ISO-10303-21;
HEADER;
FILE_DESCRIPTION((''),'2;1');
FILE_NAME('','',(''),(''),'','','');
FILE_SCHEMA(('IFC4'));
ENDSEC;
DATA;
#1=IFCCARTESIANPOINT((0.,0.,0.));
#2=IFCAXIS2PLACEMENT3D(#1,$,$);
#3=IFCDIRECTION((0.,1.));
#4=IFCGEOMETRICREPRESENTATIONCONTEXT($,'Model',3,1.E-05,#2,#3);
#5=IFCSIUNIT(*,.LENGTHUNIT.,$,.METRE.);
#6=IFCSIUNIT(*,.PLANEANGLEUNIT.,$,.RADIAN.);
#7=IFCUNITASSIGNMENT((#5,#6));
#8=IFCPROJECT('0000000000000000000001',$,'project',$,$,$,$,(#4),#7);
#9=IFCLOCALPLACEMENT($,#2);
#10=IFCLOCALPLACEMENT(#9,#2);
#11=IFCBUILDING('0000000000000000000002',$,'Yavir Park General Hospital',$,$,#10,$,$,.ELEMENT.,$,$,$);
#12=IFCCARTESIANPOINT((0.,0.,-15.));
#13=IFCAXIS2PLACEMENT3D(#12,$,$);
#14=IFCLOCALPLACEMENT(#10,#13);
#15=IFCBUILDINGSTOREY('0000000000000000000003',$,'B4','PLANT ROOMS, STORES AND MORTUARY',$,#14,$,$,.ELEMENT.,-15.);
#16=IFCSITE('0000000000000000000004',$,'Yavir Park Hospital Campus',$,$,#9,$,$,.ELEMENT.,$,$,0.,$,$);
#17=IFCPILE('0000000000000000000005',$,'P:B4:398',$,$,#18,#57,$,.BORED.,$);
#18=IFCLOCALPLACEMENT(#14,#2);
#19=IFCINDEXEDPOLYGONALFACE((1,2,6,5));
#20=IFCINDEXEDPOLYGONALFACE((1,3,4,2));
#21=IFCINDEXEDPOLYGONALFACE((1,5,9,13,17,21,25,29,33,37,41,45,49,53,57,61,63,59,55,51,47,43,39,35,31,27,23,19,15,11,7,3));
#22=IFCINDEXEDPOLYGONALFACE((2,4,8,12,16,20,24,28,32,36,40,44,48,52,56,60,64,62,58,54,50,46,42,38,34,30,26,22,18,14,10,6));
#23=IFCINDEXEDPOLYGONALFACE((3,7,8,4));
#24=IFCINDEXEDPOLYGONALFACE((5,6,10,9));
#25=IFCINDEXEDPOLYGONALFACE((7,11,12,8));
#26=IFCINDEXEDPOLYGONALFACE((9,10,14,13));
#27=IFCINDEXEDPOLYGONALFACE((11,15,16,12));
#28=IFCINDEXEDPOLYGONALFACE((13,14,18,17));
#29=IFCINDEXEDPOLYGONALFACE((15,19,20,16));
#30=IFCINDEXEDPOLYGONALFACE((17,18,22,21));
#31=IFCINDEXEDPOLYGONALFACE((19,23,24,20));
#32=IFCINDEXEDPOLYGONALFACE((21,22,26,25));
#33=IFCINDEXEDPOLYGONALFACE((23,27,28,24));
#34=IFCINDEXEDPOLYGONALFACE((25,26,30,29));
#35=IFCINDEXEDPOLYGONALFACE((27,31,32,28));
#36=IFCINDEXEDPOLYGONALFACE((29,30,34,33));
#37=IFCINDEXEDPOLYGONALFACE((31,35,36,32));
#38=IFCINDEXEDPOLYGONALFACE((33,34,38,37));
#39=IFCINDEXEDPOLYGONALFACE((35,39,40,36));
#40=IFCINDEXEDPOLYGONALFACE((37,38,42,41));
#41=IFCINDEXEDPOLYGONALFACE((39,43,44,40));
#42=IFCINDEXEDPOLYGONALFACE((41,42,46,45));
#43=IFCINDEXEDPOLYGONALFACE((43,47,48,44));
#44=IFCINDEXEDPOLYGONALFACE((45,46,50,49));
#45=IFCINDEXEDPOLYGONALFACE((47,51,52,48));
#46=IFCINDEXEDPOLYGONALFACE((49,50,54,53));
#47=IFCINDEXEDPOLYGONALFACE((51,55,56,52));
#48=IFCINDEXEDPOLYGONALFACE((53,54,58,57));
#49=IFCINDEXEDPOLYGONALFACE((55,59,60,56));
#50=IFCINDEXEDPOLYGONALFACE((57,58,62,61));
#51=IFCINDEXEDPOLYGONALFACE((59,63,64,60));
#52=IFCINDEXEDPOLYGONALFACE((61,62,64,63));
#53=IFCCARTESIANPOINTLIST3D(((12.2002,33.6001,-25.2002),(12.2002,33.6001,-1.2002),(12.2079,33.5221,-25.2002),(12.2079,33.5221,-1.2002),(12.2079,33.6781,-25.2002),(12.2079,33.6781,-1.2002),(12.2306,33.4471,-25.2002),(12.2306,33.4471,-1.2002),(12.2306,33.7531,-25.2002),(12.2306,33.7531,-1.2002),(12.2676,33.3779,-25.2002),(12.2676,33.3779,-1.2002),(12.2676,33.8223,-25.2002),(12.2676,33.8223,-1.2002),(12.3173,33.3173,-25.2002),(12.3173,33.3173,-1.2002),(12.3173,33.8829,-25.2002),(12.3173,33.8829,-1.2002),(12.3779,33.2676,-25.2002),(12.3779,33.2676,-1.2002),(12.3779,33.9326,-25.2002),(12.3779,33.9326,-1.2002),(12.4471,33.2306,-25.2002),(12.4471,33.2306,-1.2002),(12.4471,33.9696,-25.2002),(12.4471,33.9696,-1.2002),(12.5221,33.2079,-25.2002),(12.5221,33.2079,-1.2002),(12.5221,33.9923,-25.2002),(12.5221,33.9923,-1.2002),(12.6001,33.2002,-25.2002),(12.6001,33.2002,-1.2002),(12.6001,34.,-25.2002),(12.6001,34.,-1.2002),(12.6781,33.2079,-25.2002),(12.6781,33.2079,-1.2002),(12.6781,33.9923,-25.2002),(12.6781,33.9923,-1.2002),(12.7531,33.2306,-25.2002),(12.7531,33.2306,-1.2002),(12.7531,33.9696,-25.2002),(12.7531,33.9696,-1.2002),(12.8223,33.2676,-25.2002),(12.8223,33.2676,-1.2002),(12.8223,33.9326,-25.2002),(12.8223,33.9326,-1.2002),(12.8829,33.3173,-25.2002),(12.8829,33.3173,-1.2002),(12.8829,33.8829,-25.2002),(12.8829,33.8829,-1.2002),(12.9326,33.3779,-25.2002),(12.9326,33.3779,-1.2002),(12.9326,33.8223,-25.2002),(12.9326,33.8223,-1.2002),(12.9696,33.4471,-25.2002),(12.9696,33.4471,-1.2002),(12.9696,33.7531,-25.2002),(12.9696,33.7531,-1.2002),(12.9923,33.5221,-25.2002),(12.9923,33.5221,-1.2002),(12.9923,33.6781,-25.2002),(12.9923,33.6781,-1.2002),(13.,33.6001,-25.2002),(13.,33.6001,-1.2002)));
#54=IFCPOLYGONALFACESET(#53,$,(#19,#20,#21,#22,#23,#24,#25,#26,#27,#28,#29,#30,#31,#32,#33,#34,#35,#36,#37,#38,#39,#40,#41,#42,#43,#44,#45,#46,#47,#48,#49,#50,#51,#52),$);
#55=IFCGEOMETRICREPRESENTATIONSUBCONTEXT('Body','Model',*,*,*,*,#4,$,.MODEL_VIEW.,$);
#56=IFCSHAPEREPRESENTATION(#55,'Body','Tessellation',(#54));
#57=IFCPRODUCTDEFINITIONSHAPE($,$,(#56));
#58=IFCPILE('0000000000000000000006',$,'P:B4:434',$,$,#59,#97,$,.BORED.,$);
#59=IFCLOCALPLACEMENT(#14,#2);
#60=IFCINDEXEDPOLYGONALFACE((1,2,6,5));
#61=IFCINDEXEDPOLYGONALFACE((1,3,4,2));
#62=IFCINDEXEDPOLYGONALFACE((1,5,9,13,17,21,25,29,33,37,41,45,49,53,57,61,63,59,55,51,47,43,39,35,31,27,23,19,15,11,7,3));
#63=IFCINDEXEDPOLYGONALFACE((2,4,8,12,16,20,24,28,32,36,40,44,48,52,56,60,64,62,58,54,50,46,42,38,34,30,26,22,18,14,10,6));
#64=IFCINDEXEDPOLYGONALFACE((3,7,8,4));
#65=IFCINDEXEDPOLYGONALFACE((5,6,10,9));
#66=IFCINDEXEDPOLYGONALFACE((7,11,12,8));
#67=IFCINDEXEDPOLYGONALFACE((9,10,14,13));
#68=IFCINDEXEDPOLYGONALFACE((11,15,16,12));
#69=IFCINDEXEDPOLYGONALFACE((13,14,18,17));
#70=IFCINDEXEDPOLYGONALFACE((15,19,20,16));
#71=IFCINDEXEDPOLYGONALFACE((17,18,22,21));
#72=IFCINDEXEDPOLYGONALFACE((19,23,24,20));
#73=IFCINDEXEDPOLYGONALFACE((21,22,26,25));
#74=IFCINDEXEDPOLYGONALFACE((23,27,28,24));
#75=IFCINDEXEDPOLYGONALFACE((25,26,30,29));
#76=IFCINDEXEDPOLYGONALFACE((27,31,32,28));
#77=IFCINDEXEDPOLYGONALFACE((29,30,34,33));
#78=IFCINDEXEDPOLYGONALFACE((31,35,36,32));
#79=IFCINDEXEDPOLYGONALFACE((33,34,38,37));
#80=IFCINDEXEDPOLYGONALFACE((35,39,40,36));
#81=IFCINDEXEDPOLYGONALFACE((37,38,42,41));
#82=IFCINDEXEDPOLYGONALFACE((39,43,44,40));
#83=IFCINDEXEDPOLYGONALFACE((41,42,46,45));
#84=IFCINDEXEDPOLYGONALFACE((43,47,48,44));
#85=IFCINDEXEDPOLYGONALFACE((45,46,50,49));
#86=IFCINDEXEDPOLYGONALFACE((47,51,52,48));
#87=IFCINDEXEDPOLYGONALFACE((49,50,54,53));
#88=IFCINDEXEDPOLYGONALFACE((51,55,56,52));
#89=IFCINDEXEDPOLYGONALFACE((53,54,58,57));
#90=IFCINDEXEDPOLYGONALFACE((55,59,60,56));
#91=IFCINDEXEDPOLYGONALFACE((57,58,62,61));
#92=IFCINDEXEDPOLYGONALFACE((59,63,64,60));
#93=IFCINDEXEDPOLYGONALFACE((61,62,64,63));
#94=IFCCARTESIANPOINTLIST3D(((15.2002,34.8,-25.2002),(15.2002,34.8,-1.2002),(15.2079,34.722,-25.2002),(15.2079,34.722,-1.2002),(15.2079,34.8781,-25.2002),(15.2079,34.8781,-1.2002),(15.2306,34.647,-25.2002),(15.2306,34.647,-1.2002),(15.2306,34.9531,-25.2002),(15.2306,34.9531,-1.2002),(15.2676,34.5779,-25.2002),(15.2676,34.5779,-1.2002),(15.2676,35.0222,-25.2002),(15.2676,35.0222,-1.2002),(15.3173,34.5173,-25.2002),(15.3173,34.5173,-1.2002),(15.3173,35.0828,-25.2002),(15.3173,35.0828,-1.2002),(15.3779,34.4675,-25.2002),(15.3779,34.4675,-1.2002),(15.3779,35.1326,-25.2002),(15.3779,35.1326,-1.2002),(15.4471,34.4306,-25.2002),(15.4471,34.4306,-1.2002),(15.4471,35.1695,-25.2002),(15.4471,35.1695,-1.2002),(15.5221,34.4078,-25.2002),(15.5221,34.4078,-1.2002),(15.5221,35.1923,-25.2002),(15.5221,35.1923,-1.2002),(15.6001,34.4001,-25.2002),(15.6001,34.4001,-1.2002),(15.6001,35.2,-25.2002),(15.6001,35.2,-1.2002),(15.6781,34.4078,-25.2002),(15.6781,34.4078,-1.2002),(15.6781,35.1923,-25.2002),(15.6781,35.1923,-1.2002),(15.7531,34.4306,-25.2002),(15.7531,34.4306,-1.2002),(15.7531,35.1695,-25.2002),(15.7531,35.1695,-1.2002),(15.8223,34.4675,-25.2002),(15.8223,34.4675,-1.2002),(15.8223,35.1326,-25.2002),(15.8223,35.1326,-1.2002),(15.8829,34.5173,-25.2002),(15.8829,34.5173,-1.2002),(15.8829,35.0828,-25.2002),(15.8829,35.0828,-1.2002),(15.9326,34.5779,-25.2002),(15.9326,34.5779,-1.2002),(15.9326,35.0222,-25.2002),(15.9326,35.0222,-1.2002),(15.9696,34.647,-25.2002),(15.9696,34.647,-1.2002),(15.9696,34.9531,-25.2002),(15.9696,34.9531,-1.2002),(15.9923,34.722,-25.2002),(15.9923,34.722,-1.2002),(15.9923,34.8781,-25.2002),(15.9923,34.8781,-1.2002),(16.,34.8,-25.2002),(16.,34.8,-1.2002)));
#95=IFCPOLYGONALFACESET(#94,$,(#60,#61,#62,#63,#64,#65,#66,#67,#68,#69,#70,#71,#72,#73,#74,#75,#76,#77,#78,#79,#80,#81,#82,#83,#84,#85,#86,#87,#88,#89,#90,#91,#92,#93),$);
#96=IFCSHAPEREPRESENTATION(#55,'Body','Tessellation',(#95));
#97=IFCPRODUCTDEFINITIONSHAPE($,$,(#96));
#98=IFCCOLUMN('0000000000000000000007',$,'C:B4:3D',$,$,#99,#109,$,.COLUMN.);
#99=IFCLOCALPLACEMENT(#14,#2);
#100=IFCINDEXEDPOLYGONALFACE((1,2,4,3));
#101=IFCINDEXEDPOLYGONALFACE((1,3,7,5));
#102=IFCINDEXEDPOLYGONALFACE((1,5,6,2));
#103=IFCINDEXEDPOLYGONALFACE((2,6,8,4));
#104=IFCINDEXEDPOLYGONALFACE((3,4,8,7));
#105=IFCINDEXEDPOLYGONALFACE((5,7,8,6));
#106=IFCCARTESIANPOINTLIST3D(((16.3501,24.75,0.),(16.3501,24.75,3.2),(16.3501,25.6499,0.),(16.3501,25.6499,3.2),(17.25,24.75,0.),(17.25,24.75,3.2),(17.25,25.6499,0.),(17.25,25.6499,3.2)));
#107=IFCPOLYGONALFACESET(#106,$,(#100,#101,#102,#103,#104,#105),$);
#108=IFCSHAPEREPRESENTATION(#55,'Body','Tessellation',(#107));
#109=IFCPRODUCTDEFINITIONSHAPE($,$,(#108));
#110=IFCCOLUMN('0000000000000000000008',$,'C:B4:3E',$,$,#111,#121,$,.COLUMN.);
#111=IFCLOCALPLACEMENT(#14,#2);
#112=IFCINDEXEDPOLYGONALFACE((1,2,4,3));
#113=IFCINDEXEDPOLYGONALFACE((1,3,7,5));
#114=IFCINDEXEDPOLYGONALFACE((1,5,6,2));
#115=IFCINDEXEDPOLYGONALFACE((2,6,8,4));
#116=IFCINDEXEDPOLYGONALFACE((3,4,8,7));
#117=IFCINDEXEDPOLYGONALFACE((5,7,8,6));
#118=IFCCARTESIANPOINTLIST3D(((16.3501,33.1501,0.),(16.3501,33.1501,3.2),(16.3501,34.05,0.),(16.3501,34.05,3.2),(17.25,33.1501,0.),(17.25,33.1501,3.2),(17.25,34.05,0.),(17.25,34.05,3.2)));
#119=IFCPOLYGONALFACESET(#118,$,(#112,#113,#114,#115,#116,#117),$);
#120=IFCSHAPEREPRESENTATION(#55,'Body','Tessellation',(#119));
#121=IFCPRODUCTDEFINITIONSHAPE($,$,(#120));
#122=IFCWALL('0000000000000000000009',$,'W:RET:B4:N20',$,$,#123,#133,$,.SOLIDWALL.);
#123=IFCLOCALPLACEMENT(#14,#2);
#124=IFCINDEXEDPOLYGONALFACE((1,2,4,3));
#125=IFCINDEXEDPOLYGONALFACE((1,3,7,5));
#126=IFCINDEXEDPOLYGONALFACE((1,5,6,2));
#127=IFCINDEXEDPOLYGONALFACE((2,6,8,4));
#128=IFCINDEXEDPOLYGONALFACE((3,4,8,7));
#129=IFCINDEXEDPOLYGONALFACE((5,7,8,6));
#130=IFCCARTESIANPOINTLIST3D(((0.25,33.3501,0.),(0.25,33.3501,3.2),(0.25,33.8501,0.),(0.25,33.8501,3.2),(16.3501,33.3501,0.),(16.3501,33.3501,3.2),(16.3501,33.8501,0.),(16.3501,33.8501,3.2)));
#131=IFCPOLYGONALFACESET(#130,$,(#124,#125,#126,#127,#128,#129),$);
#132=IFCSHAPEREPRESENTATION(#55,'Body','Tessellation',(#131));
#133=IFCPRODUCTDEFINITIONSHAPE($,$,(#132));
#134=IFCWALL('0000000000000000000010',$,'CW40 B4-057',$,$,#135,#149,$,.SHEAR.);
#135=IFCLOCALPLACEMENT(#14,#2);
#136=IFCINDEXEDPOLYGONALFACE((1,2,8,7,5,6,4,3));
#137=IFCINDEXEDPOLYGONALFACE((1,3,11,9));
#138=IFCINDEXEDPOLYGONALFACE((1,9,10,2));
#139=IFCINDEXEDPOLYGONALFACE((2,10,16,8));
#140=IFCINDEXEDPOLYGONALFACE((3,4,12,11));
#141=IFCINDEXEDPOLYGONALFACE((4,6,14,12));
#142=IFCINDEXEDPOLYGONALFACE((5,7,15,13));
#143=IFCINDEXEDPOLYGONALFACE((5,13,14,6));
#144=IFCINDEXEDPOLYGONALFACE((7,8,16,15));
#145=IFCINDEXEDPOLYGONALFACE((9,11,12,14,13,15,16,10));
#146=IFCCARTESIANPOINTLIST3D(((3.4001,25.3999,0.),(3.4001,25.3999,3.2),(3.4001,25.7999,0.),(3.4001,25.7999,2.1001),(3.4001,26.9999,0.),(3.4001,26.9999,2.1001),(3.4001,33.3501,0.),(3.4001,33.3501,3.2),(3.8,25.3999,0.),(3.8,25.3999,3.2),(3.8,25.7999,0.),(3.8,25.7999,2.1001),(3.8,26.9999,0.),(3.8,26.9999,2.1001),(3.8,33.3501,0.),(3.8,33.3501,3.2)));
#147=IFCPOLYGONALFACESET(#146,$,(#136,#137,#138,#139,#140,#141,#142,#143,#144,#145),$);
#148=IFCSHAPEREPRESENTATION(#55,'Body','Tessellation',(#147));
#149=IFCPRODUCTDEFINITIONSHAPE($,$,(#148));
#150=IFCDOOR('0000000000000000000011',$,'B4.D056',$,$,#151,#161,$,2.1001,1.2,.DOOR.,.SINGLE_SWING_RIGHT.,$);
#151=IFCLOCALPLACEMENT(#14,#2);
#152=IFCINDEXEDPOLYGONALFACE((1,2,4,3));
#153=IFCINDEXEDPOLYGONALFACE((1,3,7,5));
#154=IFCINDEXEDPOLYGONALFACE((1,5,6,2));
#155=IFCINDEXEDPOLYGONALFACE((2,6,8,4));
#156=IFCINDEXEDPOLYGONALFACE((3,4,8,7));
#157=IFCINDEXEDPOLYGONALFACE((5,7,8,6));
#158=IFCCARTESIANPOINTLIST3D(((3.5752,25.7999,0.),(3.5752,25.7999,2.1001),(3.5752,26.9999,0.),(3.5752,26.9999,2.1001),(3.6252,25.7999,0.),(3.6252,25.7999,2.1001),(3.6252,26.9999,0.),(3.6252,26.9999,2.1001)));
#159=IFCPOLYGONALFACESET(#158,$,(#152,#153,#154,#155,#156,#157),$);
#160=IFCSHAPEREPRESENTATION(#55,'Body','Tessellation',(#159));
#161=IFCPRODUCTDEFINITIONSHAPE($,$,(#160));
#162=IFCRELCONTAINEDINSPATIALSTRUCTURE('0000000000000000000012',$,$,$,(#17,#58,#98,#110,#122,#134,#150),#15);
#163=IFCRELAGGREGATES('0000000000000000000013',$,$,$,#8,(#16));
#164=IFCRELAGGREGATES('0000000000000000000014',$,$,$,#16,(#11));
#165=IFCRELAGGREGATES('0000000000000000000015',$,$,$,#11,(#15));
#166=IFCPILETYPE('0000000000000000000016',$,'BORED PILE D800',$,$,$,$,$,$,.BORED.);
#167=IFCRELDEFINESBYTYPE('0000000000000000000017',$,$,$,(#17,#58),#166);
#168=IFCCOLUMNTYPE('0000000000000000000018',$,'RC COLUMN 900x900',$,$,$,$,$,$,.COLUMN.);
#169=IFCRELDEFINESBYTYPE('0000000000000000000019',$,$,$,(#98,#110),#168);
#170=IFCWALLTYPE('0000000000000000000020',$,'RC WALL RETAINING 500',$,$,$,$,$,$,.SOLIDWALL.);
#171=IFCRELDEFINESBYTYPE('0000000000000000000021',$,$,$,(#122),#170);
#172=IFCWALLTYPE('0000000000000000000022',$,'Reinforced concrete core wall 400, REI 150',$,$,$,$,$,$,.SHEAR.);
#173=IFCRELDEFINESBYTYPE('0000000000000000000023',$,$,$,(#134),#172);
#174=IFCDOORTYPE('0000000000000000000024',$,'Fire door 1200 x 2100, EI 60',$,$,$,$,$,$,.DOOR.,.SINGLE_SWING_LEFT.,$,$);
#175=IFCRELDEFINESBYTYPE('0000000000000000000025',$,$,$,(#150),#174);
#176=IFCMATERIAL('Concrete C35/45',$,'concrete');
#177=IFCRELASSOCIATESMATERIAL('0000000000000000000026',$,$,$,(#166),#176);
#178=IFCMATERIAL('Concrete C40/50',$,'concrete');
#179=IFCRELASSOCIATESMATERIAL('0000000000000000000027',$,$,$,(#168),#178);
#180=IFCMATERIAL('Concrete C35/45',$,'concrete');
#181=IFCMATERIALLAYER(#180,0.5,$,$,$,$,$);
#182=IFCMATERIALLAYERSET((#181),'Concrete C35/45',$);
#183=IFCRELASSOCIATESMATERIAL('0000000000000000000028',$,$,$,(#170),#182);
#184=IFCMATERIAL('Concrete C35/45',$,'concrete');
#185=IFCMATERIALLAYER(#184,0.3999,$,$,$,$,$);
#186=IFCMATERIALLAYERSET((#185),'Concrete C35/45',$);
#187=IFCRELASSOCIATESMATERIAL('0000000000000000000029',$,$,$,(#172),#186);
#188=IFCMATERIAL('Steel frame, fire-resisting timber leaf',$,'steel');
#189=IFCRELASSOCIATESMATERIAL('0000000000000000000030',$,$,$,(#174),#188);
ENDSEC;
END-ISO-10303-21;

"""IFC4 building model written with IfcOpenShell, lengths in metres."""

from ifc_helpers import new_model, si_unit, direction, frame, frame_2d, origin, origin_2d, place, context, subcontext, project, spatial, rectangle, circle, extrude, material, layer, layer_set, material_profile, profile_set, type_object, element, fill, save


model = new_model("IFC4")

# Units and contexts
model_context = context("Model", 3, precision=1e-05, world=origin(), true_north=direction((0.0, 1.0)))
body_context = subcontext(model_context, "Body", "Model", "MODEL_VIEW")
ifc_project = project(units=[si_unit("LENGTHUNIT", "METRE"), si_unit("PLANEANGLEUNIT", "RADIAN")], contexts=[model_context])

# Site, building, storey
site_placement = place(None, origin())
site = spatial("IfcSite", under=ifc_project, at=site_placement, Name="Yavir Park Hospital Campus", CompositionType="ELEMENT", RefElevation=0.0)
building_placement = place(site_placement, origin())
building = spatial("IfcBuilding", under=site, at=building_placement, Name="Yavir Park General Hospital", CompositionType="ELEMENT")
storey_placement = place(building_placement, frame((0.0, 0.0, -15.0)))
storey = spatial("IfcBuildingStorey", under=building, at=storey_placement, Name="B4", Description="PLANT ROOMS, STORES AND MORTUARY", CompositionType="ELEMENT", Elevation=-15.0)

# Piles
ifc_material_1 = material(Name="Concrete C35/45", Category="concrete")
ifc_material_profile_1 = material_profile(ifc_material_1, circle(Radius=0.3999, at=origin_2d()), Name="D800")
ifc_profile_set_1 = profile_set([ifc_material_profile_1], Name="Concrete C35/45")
pile_type_1 = type_object("IfcPileType", Name="BORED PILE D800", PredefinedType="BORED", material=ifc_profile_set_1)
for number, where, z_axis, x_axis, name in (
    (1, (12.6001, 33.6001, -1.2002), (0.0, 0.0, -1.0), (1.0, 0.0, 0.0), "P:B4:398"),
    (2, (15.6001, 34.8, -1.2002), (0.0, 0.0, -1.0), (1.0, 0.0, 0.0), "P:B4:434"),
):
    element("IfcPile", number, at=place(storey_placement, frame(where, z_axis=z_axis, x_axis=x_axis)), inside=storey, type_object=pile_type_1, Name=name, PredefinedType="BORED", context=body_context, shape_type="SweptSolid", body=[
        extrude(circle(Radius=0.3999, at=origin_2d()), origin(), (0.0, 0.0, 1.0), 24.0),
    ])

# Columns
ifc_material_2 = material(Name="Concrete C40/50", Category="concrete")
ifc_material_profile_2 = material_profile(ifc_material_2, rectangle(XDim=0.8999, YDim=0.8999, at=origin_2d()), Name="RC900x900")
ifc_profile_set_2 = profile_set([ifc_material_profile_2], Name="Concrete C40/50")
column_type = type_object("IfcColumnType", Name="RC COLUMN 900x900", PredefinedType="COLUMN", material=ifc_profile_set_2)
for number, where, z_axis, x_axis, name in (
    (3, (16.8, 25.2, 0.0), (0.0, 0.0, 1.0), (1.0, 0.0, 0.0), "C:B4:3D"),
    (4, (16.8, 33.6001, 0.0), (0.0, 0.0, 1.0), (1.0, 0.0, 0.0), "C:B4:3E"),
):
    element("IfcColumn", number, at=place(storey_placement, frame(where, z_axis=z_axis, x_axis=x_axis)), inside=storey, type_object=column_type, Name=name, PredefinedType="COLUMN", context=body_context, shape_type="SweptSolid", body=[
        extrude(rectangle(XDim=0.8999, YDim=0.8999, at=origin_2d()), origin(), (0.0, 0.0, 1.0), 3.2),
    ])

# Wall
ifc_material_3 = material(Name="Concrete C35/45", Category="concrete")
ifc_layer_1 = layer(ifc_material_3, 0.5)
ifc_layer_set_1 = layer_set([ifc_layer_1], Name="Concrete C35/45")
wall_type_1 = type_object("IfcWallType", Name="RC WALL RETAINING 500", PredefinedType="SOLIDWALL", material=ifc_layer_set_1)
wall_1_placement = place(storey_placement, frame((0.25, 33.6001, 0.0), z_axis=(0.0, 0.0, 1.0), x_axis=(1.0, 0.0, 0.0)))
element("IfcWall", 5, at=wall_1_placement, inside=storey, type_object=wall_type_1, Name="W:RET:B4:N20", PredefinedType="SOLIDWALL", context=body_context, shape_type="SweptSolid", body=[
    extrude(rectangle(XDim=16.1001, YDim=0.5, at=frame_2d((8.05, 0.0))), origin(), (0.0, 0.0, 1.0), 3.2),
])

# Wall, opening, door
ifc_material_4 = material(Name="Concrete C35/45", Category="concrete")
ifc_layer_2 = layer(ifc_material_4, 0.3999)
ifc_layer_set_2 = layer_set([ifc_layer_2], Name="Concrete C35/45")
wall_type_2 = type_object("IfcWallType", Name="Reinforced concrete core wall 400, REI 150", PredefinedType="SHEAR", material=ifc_layer_set_2)
wall_2_placement = place(storey_placement, frame((3.6001, 25.3999, 0.0), z_axis=(0.0, 0.0, 1.0), x_axis=(0.0, 1.0, 0.0)))
wall_2 = element("IfcWall", 6, at=wall_2_placement, inside=storey, type_object=wall_type_2, Name="CW40 B4-057", PredefinedType="SHEAR", context=body_context, shape_type="SweptSolid", body=[
    extrude(rectangle(XDim=7.9502, YDim=0.3999, at=frame_2d((3.9751, 0.0))), origin(), (0.0, 0.0, 1.0), 3.2),
])
opening_placement = place(wall_2_placement, frame((0.3999, 0.0, 0.0)))
opening = element("IfcOpeningElement", 7, at=opening_placement, cuts=wall_2, PredefinedType="OPENING", context=body_context, shape_type="SweptSolid", body=[
    extrude(rectangle(XDim=1.2, YDim=2.1001, at=frame_2d((0.6001, 1.05))), frame((0.0, 0.21, 0.0), z_axis=(0.0, -1.0, 0.0), x_axis=(1.0, 0.0, 0.0)), (0.0, 0.0, 1.0), 0.4199),
])
ifc_material_5 = material(Name="Steel frame, fire-resisting timber leaf", Category="steel")
door_type = type_object("IfcDoorType", Name="Fire door 1200 x 2100, EI 60", OperationType="SINGLE_SWING_LEFT", PredefinedType="DOOR", material=ifc_material_5)
door_placement = place(opening_placement, origin())
door = element("IfcDoor", 8, at=door_placement, inside=storey, type_object=door_type, Name="B4.D056", OperationType="SINGLE_SWING_RIGHT", OverallHeight=2.1001, OverallWidth=1.2, PredefinedType="DOOR", context=body_context, shape_type="SweptSolid", body=[
    extrude(rectangle(XDim=1.2, YDim=2.1001, at=frame_2d((0.6001, 1.05))), frame((0.0, 0.0249, 0.0), z_axis=(0.0, -1.0, 0.0), x_axis=(1.0, 0.0, 0.0)), (0.0, 0.0, 1.0), 0.05),
])
fill(opening, door)

save(model, "model.ifc")
